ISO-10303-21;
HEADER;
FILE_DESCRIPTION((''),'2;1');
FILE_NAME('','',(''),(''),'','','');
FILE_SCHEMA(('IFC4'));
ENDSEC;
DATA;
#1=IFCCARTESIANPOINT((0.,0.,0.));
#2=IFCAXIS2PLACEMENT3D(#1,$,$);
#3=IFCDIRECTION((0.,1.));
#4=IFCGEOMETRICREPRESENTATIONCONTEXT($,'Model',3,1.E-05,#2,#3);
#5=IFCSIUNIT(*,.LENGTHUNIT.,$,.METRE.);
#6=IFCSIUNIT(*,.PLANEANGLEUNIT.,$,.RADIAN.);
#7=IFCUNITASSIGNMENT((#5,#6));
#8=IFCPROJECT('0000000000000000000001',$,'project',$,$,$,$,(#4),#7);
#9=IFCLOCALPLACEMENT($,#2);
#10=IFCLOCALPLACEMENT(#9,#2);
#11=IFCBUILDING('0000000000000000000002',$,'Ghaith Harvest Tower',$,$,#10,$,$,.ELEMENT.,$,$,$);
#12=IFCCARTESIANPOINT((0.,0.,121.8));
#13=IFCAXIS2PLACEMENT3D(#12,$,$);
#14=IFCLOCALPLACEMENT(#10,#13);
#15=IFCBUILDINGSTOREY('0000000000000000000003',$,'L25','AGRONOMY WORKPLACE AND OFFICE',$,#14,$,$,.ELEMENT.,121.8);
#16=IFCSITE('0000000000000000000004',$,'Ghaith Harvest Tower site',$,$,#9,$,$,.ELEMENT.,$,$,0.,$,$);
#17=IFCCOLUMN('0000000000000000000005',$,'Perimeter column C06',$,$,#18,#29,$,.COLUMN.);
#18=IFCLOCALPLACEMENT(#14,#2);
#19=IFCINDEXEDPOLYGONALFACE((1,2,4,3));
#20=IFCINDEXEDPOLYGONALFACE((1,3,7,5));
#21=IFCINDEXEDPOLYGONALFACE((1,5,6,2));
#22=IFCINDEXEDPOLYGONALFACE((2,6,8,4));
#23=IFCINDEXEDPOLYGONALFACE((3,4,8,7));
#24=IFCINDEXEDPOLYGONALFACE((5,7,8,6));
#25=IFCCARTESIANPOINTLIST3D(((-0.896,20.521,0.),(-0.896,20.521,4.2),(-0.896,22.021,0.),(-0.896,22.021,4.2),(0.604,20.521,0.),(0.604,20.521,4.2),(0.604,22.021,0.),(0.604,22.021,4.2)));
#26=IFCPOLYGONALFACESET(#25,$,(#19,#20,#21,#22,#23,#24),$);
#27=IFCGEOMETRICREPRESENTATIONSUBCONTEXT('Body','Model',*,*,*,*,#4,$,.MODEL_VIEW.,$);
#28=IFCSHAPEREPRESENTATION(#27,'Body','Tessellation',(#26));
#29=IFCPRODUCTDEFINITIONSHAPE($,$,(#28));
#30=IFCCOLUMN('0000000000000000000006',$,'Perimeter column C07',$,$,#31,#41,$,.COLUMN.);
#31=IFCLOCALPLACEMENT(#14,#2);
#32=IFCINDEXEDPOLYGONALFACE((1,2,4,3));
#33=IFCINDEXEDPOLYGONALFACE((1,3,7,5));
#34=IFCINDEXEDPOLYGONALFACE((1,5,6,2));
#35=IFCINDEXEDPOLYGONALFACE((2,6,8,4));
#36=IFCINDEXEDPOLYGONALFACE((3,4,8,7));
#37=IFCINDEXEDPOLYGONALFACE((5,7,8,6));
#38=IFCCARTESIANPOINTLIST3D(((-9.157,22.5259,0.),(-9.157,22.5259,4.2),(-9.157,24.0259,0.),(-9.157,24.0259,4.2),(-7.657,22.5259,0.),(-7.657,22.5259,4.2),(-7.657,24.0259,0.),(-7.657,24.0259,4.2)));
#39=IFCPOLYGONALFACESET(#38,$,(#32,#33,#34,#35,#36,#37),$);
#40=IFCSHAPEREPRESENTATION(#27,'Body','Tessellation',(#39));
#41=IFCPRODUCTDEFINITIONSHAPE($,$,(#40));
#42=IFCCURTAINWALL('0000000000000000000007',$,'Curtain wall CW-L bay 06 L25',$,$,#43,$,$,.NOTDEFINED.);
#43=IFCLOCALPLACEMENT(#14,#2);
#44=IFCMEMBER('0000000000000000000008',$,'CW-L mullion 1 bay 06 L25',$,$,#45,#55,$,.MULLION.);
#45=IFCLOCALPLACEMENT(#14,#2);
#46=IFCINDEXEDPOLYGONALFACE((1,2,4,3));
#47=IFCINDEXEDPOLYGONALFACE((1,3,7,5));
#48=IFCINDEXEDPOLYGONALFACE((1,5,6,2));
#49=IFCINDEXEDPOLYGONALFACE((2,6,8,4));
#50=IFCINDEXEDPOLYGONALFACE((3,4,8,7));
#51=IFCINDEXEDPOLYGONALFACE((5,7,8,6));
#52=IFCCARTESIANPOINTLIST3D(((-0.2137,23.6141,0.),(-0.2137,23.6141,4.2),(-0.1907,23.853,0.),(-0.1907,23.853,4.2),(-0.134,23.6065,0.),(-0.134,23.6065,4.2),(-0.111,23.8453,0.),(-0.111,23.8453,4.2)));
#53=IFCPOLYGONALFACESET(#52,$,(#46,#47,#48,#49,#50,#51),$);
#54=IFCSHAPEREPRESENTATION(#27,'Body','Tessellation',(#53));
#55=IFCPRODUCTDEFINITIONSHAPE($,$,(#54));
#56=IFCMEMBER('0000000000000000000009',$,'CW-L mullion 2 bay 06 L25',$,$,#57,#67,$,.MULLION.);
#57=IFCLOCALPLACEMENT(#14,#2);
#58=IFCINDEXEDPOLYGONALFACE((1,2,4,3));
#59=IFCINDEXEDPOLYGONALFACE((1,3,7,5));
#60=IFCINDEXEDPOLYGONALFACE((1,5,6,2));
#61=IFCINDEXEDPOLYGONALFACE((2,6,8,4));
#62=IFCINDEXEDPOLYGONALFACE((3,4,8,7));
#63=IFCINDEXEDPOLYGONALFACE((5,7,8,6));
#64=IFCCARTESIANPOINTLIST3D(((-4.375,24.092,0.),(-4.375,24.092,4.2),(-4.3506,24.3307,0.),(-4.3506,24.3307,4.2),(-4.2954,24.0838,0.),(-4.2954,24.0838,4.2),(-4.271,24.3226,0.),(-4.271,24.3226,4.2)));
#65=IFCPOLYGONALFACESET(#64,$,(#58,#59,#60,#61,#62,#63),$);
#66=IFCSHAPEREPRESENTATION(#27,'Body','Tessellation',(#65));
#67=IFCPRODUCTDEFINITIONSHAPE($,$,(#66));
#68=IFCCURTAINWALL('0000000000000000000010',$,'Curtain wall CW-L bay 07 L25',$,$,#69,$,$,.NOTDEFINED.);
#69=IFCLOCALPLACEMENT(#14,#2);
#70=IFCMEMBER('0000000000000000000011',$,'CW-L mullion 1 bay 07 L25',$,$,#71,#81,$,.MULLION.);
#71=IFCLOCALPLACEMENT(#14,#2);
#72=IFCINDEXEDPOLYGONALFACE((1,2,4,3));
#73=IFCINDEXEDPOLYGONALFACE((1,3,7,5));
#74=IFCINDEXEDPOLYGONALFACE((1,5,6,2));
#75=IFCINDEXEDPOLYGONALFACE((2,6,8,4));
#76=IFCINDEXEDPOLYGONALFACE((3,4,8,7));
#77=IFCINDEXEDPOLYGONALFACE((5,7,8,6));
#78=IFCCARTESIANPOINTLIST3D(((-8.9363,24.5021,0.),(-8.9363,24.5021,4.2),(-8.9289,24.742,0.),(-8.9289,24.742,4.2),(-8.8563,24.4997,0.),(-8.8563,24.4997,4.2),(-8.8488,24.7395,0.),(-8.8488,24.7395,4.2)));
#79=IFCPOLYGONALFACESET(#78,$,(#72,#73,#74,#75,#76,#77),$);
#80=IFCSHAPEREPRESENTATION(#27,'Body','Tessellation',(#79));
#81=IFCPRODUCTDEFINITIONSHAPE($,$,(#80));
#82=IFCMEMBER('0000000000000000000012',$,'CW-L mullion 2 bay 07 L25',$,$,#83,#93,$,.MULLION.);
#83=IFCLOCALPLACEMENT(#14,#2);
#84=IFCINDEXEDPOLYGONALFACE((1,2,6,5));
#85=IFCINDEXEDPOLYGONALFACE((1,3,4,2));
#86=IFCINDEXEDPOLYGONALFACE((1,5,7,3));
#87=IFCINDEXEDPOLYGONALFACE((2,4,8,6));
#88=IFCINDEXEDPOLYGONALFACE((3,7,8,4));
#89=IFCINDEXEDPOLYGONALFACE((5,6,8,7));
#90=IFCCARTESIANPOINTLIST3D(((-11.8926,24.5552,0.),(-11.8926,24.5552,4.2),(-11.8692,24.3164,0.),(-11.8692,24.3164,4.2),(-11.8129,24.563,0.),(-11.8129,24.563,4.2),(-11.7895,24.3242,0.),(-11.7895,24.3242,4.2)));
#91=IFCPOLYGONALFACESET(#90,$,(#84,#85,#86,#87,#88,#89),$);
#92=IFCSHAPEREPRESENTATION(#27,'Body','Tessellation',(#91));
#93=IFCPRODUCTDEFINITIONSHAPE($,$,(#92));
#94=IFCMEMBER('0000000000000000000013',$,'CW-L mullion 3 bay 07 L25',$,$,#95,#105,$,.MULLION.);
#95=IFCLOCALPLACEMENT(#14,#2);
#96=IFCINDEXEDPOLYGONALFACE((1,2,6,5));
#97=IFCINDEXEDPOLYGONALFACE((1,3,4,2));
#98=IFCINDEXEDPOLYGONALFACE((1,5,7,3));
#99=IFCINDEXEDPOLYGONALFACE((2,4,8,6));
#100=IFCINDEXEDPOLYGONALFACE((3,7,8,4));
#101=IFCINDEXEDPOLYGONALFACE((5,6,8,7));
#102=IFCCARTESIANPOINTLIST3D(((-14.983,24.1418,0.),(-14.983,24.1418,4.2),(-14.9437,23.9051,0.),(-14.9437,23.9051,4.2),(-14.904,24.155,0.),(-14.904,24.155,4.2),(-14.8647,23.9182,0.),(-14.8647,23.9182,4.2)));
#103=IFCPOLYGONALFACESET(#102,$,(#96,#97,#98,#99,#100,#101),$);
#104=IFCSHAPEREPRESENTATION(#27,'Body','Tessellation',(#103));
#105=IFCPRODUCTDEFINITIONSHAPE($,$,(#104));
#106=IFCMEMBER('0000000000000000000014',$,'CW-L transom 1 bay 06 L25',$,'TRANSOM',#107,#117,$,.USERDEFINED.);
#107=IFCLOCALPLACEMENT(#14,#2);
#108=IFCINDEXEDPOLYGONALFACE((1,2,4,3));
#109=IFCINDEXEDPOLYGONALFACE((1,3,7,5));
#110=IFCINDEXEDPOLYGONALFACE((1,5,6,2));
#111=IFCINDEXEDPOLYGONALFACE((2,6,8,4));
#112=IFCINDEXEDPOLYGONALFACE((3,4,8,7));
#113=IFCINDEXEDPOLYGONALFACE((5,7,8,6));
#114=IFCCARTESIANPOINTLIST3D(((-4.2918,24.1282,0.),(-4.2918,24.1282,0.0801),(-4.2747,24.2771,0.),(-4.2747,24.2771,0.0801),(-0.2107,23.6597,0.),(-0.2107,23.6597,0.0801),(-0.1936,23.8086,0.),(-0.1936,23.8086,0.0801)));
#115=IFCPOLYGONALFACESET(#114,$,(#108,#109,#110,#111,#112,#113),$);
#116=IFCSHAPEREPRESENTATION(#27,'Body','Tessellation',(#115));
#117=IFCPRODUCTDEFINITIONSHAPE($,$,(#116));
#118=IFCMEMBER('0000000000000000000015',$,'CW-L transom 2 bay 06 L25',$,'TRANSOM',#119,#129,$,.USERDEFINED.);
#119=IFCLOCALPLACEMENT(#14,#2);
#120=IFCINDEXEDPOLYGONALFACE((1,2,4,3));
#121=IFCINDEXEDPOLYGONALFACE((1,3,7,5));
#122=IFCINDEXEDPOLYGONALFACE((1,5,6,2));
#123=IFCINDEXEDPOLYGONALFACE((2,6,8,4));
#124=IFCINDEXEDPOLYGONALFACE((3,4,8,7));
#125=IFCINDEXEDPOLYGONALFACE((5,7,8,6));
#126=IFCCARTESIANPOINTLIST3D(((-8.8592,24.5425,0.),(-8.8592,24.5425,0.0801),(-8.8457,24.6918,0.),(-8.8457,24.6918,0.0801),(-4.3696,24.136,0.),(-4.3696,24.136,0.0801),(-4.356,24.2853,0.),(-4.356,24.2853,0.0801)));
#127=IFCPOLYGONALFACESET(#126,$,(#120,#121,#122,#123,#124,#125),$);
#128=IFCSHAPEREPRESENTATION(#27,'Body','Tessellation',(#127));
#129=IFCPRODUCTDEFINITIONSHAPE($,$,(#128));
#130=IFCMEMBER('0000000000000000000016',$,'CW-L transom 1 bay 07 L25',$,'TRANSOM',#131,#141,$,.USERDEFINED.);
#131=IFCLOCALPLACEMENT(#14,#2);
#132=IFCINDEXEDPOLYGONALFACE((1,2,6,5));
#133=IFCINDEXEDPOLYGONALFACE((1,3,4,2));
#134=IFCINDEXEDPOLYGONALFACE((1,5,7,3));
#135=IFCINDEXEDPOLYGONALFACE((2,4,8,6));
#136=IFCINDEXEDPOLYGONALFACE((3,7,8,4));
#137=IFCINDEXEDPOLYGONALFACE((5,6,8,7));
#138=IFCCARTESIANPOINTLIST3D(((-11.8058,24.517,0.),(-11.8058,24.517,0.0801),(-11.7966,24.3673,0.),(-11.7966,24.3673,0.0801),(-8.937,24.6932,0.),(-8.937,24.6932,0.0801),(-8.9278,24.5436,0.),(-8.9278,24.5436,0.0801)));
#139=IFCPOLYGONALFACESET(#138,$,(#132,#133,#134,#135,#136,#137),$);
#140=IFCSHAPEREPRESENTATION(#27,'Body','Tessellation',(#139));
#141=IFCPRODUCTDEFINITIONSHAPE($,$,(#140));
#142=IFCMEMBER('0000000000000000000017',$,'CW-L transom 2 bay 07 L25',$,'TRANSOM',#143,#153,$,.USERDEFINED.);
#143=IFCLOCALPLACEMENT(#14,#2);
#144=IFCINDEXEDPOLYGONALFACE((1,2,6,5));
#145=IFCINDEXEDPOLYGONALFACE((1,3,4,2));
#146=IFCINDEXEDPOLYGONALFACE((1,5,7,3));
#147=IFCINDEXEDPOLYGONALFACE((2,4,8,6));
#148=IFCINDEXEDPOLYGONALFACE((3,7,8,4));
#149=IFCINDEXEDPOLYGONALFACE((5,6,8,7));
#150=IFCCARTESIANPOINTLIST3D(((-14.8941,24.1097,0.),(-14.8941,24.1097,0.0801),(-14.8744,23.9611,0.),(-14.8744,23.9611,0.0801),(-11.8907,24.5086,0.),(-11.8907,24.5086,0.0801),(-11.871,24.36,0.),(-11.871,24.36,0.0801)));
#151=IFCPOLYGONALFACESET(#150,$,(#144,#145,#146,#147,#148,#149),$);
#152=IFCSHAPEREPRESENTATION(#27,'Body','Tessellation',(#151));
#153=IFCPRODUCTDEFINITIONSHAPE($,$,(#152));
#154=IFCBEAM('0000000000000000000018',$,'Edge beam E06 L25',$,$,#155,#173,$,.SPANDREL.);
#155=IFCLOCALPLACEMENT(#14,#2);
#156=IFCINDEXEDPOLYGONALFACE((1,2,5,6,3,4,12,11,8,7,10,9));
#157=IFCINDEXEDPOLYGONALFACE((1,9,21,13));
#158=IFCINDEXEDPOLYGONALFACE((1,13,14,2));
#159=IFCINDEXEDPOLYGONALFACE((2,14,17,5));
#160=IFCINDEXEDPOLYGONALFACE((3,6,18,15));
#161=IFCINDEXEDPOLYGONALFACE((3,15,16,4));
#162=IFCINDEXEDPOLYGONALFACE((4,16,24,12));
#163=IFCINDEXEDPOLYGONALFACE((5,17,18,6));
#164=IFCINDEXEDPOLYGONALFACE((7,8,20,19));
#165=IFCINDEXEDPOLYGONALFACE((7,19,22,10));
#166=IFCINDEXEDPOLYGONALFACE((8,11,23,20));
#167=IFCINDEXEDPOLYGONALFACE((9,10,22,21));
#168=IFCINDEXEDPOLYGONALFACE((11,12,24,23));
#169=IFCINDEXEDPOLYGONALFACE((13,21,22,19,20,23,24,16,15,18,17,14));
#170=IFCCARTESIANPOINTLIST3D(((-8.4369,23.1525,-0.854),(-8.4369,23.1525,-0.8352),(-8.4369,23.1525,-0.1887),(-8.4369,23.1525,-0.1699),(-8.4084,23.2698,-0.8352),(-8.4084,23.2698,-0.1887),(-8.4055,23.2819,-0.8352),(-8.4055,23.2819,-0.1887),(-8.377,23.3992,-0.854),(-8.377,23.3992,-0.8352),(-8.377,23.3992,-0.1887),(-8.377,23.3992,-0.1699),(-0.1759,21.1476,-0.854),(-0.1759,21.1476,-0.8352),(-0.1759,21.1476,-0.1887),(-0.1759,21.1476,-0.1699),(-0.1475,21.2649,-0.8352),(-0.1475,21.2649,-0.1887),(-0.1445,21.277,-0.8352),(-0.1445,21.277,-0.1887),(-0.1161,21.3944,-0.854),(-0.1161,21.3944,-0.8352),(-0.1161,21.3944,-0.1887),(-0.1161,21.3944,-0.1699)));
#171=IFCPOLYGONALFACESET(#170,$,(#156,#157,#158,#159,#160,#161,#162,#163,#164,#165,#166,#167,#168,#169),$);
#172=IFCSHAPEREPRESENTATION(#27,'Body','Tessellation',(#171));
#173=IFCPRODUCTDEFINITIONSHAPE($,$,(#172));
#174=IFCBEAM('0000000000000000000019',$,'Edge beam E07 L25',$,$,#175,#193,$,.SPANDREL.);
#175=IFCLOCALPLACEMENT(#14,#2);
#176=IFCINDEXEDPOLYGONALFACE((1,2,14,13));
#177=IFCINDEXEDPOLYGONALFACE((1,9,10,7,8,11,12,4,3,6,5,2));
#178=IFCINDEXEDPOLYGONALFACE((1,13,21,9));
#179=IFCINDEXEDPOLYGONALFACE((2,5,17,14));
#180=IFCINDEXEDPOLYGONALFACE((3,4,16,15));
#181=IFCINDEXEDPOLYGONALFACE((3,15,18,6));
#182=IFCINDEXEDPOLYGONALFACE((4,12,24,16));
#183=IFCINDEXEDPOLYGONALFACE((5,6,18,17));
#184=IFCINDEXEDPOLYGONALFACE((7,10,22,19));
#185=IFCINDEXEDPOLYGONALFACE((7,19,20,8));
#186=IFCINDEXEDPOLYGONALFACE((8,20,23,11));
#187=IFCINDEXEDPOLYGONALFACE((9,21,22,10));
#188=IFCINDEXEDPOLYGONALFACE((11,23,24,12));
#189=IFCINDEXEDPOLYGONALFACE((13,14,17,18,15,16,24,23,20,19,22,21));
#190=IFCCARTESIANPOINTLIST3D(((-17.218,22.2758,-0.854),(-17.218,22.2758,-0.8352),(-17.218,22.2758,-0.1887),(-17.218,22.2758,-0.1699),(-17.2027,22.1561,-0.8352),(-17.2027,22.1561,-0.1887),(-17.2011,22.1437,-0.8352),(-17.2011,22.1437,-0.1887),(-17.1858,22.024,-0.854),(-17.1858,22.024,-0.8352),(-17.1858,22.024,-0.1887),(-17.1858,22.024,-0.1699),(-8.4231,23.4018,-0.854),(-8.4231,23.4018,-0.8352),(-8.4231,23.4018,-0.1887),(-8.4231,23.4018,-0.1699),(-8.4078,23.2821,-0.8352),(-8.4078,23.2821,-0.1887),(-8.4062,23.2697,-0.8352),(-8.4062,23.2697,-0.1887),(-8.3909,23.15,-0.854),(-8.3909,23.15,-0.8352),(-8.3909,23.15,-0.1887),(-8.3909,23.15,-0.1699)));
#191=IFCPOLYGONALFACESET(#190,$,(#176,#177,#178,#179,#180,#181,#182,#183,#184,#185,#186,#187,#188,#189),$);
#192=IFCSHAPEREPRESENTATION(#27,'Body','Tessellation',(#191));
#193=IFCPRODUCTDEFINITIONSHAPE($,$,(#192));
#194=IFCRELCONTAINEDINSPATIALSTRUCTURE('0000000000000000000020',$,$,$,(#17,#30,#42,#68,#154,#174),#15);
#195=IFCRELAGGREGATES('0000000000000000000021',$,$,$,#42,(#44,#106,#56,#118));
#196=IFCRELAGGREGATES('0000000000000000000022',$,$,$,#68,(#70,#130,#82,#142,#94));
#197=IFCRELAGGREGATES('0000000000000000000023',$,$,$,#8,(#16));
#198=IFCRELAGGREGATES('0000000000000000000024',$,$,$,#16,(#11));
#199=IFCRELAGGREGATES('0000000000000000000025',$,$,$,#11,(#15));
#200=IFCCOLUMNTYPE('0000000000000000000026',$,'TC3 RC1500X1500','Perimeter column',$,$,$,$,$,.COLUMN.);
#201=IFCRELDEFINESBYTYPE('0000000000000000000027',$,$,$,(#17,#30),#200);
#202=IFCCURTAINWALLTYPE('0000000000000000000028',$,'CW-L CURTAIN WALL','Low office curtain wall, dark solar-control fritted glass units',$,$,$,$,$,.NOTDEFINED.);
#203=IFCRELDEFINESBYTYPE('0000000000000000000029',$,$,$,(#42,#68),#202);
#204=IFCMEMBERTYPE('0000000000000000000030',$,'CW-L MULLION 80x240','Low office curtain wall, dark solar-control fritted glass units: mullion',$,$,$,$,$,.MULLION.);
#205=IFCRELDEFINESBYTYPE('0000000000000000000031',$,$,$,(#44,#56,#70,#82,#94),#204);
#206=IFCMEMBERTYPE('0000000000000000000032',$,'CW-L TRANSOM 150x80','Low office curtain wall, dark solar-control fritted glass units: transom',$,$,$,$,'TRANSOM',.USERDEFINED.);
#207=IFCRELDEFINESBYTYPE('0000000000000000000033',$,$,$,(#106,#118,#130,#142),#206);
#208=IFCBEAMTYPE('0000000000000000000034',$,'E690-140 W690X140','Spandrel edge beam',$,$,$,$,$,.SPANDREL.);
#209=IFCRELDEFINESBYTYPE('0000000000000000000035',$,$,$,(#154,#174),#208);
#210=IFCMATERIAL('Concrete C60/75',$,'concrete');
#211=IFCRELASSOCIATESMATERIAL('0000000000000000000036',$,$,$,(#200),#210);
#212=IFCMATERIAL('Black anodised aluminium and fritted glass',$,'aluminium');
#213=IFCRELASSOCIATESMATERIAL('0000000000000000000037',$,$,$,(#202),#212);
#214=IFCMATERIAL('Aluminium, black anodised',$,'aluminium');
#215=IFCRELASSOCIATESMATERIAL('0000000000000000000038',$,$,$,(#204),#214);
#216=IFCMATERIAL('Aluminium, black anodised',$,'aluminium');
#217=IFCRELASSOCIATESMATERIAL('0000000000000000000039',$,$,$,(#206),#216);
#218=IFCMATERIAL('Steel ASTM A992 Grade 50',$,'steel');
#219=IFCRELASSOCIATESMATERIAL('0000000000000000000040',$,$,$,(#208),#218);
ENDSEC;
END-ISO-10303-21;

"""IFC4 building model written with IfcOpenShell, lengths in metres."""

from ifc_helpers import new_model, si_unit, direction, frame, origin, origin_2d, place, context, subcontext, project, spatial, rectangle, i_section, extrude, material, material_profile, profile_set, type_object, element, aggregate, save


model = new_model("IFC4")

# Units and contexts
model_context = context("Model", 3, precision=1e-05, world=origin(), true_north=direction((0.0, 1.0)))
body_context = subcontext(model_context, "Body", "Model", "MODEL_VIEW")
ifc_project = project(units=[si_unit("LENGTHUNIT", "METRE"), si_unit("PLANEANGLEUNIT", "RADIAN")], contexts=[model_context])

# Site, building, storey
site_placement = place(None, origin())
site = spatial("IfcSite", under=ifc_project, at=site_placement, Name="Ghaith Harvest Tower site", CompositionType="ELEMENT", RefElevation=0.0)
building_placement = place(site_placement, origin())
building = spatial("IfcBuilding", under=site, at=building_placement, Name="Ghaith Harvest Tower", CompositionType="ELEMENT")
storey_placement = place(building_placement, frame((0.0, 0.0, 121.8)))
storey = spatial("IfcBuildingStorey", under=building, at=storey_placement, Name="L25", Description="AGRONOMY WORKPLACE AND OFFICE", CompositionType="ELEMENT", Elevation=121.8)

# Columns
ifc_material_1 = material(Name="Concrete C60/75", Category="concrete")
ifc_material_profile_1 = material_profile(ifc_material_1, rectangle(XDim=1.5, YDim=1.5, at=origin_2d()), Name="RC1500X1500")
ifc_profile_set_1 = profile_set([ifc_material_profile_1], Name="Concrete C60/75")
column_type = type_object("IfcColumnType", Name="TC3 RC1500X1500", Description="Perimeter column", PredefinedType="COLUMN", material=ifc_profile_set_1)
for number, where, z_axis, x_axis, name in (
    (1, (-0.146, 21.271, 0.0), (0.0, 0.0, 1.0), (1.0, 0.0, 0.0), "Perimeter column C06"),
    (2, (-8.407, 23.2759, 0.0), (0.0, 0.0, 1.0), (1.0, 0.0, 0.0), "Perimeter column C07"),
):
    element("IfcColumn", number, at=place(storey_placement, frame(where, z_axis=z_axis, x_axis=x_axis)), inside=storey, type_object=column_type, Name=name, PredefinedType="COLUMN", context=body_context, shape_type="SweptSolid", body=[
        extrude(rectangle(XDim=1.5, YDim=1.5, at=origin_2d()), origin(), (0.0, 0.0, 1.0), 4.2),
    ])

# Curtain walls, members
ifc_material_2 = material(Name="Black anodised aluminium and fritted glass", Category="aluminium")
curtain_wall_type = type_object("IfcCurtainWallType", Name="CW-L CURTAIN WALL", Description="Low office curtain wall, dark solar-control fritted glass units", PredefinedType="NOTDEFINED", material=ifc_material_2)
curtain_wall_1_placement = place(storey_placement, origin())
curtain_wall_1 = element("IfcCurtainWall", 3, at=curtain_wall_1_placement, inside=storey, type_object=curtain_wall_type, Name="Curtain wall CW-L bay 06 L25", PredefinedType="NOTDEFINED")
ifc_material_3 = material(Name="Aluminium, black anodised", Category="aluminium")
ifc_material_profile_2 = material_profile(ifc_material_3, rectangle(XDim=0.0801, YDim=0.24, at=origin_2d()), Name="CW-L MULLION 80x240")
ifc_profile_set_2 = profile_set([ifc_material_profile_2], Name="Aluminium, black anodised")
member_type_1 = type_object("IfcMemberType", Name="CW-L MULLION 80x240", Description="Low office curtain wall, dark solar-control fritted glass units: mullion", PredefinedType="MULLION", material=ifc_profile_set_2)
member_1_placement = place(storey_placement, frame((-0.1624, 23.7297, 0.0), z_axis=(0.0, 0.0, 1.0), x_axis=(-0.995388, 0.09593, 0.0)))
member_1 = element("IfcMember", 4, at=member_1_placement, type_object=member_type_1, Name="CW-L mullion 1 bay 06 L25", PredefinedType="MULLION", context=body_context, shape_type="SweptSolid", body=[
    extrude(rectangle(XDim=0.0801, YDim=0.24, at=origin_2d()), origin(), (0.0, 0.0, 1.0), 4.2),
])
member_2_placement = place(storey_placement, frame((-4.323, 24.2073, 0.0), z_axis=(0.0, 0.0, 1.0), x_axis=(-0.99483, 0.101551, 0.0)))
member_2 = element("IfcMember", 5, at=member_2_placement, type_object=member_type_1, Name="CW-L mullion 2 bay 06 L25", PredefinedType="MULLION", context=body_context, shape_type="SweptSolid", body=[
    extrude(rectangle(XDim=0.0801, YDim=0.24, at=origin_2d()), origin(), (0.0, 0.0, 1.0), 4.2),
])
curtain_wall_2_placement = place(storey_placement, origin())
curtain_wall_2 = element("IfcCurtainWall", 6, at=curtain_wall_2_placement, inside=storey, type_object=curtain_wall_type, Name="Curtain wall CW-L bay 07 L25", PredefinedType="NOTDEFINED")
member_3_placement = place(storey_placement, frame((-8.8926, 24.6208, 0.0), z_axis=(0.0, 0.0, 1.0), x_axis=(-0.999522, 0.030909, 0.0)))
member_3 = element("IfcMember", 7, at=member_3_placement, type_object=member_type_1, Name="CW-L mullion 1 bay 07 L25", PredefinedType="MULLION", context=body_context, shape_type="SweptSolid", body=[
    extrude(rectangle(XDim=0.0801, YDim=0.24, at=origin_2d()), origin(), (0.0, 0.0, 1.0), 4.2),
])
member_4_placement = place(storey_placement, frame((-11.8411, 24.4397, 0.0), z_axis=(0.0, 0.0, 1.0), x_axis=(-0.995238, -0.09748, 0.0)))
member_4 = element("IfcMember", 8, at=member_4_placement, type_object=member_type_1, Name="CW-L mullion 2 bay 07 L25", PredefinedType="MULLION", context=body_context, shape_type="SweptSolid", body=[
    extrude(rectangle(XDim=0.0801, YDim=0.24, at=origin_2d()), origin(), (0.0, 0.0, 1.0), 4.2),
])
member_5_placement = place(storey_placement, frame((-14.9238, 24.03, 0.0), z_axis=(0.0, 0.0, 1.0), x_axis=(-0.986495, -0.163794, 0.0)))
member_5 = element("IfcMember", 9, at=member_5_placement, type_object=member_type_1, Name="CW-L mullion 3 bay 07 L25", PredefinedType="MULLION", context=body_context, shape_type="SweptSolid", body=[
    extrude(rectangle(XDim=0.0801, YDim=0.24, at=origin_2d()), origin(), (0.0, 0.0, 1.0), 4.2),
])

# Members
ifc_material_4 = material(Name="Aluminium, black anodised", Category="aluminium")
ifc_material_profile_3 = material_profile(ifc_material_4, rectangle(XDim=0.1499, YDim=0.0801, at=origin_2d()), Name="CW-L TRANSOM 150x80")
ifc_profile_set_3 = profile_set([ifc_material_profile_3], Name="Aluminium, black anodised")
member_type_2 = type_object("IfcMemberType", Name="CW-L TRANSOM 150x80", Description="Low office curtain wall, dark solar-control fritted glass units: transom", ElementType="TRANSOM", PredefinedType="USERDEFINED", material=ifc_profile_set_3)
member_6_placement = place(storey_placement, frame((-0.2021, 23.7341, 0.04), z_axis=(-0.993475, 0.114051, 0.0), x_axis=(-0.114051, -0.993475, 0.0)))
member_6 = element("IfcMember", 10, at=member_6_placement, type_object=member_type_2, Name="CW-L transom 1 bay 06 L25", ObjectType="TRANSOM", PredefinedType="USERDEFINED", context=body_context, shape_type="SweptSolid", body=[
    extrude(rectangle(XDim=0.1499, YDim=0.0801, at=origin_2d()), origin(), (0.0, 0.0, 1.0), 4.1079),
])
member_7_placement = place(storey_placement, frame((-4.3628, 24.2107, 0.04), z_axis=(-0.995926, 0.09017, 0.0), x_axis=(-0.09017, -0.995926, 0.0)))
member_7 = element("IfcMember", 11, at=member_7_placement, type_object=member_type_2, Name="CW-L transom 2 bay 06 L25", ObjectType="TRANSOM", PredefinedType="USERDEFINED", context=body_context, shape_type="SweptSolid", body=[
    extrude(rectangle(XDim=0.1499, YDim=0.0801, at=origin_2d()), origin(), (0.0, 0.0, 1.0), 4.5081),
])
member_8_placement = place(storey_placement, frame((-8.9324, 24.6184, 0.04), z_axis=(-0.998118, -0.061326, 0.0), x_axis=(0.061326, -0.998118, 0.0)))
member_8 = element("IfcMember", 12, at=member_8_placement, type_object=member_type_2, Name="CW-L transom 1 bay 07 L25", ObjectType="TRANSOM", PredefinedType="USERDEFINED", context=body_context, shape_type="SweptSolid", body=[
    extrude(rectangle(XDim=0.1499, YDim=0.0801, at=origin_2d()), origin(), (0.0, 0.0, 1.0), 2.8743),
])
member_9_placement = place(storey_placement, frame((-11.8809, 24.4343, 0.04), z_axis=(-0.991294, -0.131668, 0.0), x_axis=(0.131668, -0.991294, 0.0)))
member_9 = element("IfcMember", 13, at=member_9_placement, type_object=member_type_2, Name="CW-L transom 2 bay 07 L25", ObjectType="TRANSOM", PredefinedType="USERDEFINED", context=body_context, shape_type="SweptSolid", body=[
    extrude(rectangle(XDim=0.1499, YDim=0.0801, at=origin_2d()), origin(), (0.0, 0.0, 1.0), 3.0298),
])

# Beams
ifc_material_5 = material(Name="Steel ASTM A992 Grade 50", Category="steel")
ifc_material_profile_4 = material_profile(ifc_material_5, i_section(OverallWidth=0.2539, OverallDepth=0.6841, WebThickness=0.0125, FlangeThickness=0.0188, at=origin_2d()), Name="W690X140")
ifc_profile_set_4 = profile_set([ifc_material_profile_4], Name="Steel ASTM A992 Grade 50")
beam_type_1 = type_object("IfcBeamType", Name="E690-140 W690X140", Description="Spandrel edge beam", PredefinedType="SPANDREL", material=ifc_profile_set_4)
beam_1_placement = place(storey_placement, frame((-0.146, 21.271, -0.512), z_axis=(-0.97179, 0.235847, 0.0), x_axis=(-0.235847, -0.97179, 0.0)))
element("IfcBeam", 14, at=beam_1_placement, inside=storey, type_object=beam_type_1, Name="Edge beam E06 L25", PredefinedType="SPANDREL", context=body_context, shape_type="SweptSolid", body=[
    extrude(i_section(OverallWidth=0.2539, OverallDepth=0.6841, WebThickness=0.0125, FlangeThickness=0.0188, at=origin_2d()), origin(), (0.0, 0.0, 1.0), 8.5007),
])
beam_2_placement = place(storey_placement, frame((-8.407, 23.2759, -0.512), z_axis=(-0.991904, -0.126989, 0.0), x_axis=(0.126989, -0.991904, 0.0)))
element("IfcBeam", 15, at=beam_2_placement, inside=storey, type_object=beam_type_1, Name="Edge beam E07 L25", PredefinedType="SPANDREL", context=body_context, shape_type="SweptSolid", body=[
    extrude(i_section(OverallWidth=0.2539, OverallDepth=0.6841, WebThickness=0.0125, FlangeThickness=0.0188, at=origin_2d()), origin(), (0.0, 0.0, 1.0), 8.8667),
])

aggregate(curtain_wall_1, [member_1, member_6, member_2, member_7])
aggregate(curtain_wall_2, [member_3, member_8, member_4, member_9, member_5])

save(model, "model.ifc")
